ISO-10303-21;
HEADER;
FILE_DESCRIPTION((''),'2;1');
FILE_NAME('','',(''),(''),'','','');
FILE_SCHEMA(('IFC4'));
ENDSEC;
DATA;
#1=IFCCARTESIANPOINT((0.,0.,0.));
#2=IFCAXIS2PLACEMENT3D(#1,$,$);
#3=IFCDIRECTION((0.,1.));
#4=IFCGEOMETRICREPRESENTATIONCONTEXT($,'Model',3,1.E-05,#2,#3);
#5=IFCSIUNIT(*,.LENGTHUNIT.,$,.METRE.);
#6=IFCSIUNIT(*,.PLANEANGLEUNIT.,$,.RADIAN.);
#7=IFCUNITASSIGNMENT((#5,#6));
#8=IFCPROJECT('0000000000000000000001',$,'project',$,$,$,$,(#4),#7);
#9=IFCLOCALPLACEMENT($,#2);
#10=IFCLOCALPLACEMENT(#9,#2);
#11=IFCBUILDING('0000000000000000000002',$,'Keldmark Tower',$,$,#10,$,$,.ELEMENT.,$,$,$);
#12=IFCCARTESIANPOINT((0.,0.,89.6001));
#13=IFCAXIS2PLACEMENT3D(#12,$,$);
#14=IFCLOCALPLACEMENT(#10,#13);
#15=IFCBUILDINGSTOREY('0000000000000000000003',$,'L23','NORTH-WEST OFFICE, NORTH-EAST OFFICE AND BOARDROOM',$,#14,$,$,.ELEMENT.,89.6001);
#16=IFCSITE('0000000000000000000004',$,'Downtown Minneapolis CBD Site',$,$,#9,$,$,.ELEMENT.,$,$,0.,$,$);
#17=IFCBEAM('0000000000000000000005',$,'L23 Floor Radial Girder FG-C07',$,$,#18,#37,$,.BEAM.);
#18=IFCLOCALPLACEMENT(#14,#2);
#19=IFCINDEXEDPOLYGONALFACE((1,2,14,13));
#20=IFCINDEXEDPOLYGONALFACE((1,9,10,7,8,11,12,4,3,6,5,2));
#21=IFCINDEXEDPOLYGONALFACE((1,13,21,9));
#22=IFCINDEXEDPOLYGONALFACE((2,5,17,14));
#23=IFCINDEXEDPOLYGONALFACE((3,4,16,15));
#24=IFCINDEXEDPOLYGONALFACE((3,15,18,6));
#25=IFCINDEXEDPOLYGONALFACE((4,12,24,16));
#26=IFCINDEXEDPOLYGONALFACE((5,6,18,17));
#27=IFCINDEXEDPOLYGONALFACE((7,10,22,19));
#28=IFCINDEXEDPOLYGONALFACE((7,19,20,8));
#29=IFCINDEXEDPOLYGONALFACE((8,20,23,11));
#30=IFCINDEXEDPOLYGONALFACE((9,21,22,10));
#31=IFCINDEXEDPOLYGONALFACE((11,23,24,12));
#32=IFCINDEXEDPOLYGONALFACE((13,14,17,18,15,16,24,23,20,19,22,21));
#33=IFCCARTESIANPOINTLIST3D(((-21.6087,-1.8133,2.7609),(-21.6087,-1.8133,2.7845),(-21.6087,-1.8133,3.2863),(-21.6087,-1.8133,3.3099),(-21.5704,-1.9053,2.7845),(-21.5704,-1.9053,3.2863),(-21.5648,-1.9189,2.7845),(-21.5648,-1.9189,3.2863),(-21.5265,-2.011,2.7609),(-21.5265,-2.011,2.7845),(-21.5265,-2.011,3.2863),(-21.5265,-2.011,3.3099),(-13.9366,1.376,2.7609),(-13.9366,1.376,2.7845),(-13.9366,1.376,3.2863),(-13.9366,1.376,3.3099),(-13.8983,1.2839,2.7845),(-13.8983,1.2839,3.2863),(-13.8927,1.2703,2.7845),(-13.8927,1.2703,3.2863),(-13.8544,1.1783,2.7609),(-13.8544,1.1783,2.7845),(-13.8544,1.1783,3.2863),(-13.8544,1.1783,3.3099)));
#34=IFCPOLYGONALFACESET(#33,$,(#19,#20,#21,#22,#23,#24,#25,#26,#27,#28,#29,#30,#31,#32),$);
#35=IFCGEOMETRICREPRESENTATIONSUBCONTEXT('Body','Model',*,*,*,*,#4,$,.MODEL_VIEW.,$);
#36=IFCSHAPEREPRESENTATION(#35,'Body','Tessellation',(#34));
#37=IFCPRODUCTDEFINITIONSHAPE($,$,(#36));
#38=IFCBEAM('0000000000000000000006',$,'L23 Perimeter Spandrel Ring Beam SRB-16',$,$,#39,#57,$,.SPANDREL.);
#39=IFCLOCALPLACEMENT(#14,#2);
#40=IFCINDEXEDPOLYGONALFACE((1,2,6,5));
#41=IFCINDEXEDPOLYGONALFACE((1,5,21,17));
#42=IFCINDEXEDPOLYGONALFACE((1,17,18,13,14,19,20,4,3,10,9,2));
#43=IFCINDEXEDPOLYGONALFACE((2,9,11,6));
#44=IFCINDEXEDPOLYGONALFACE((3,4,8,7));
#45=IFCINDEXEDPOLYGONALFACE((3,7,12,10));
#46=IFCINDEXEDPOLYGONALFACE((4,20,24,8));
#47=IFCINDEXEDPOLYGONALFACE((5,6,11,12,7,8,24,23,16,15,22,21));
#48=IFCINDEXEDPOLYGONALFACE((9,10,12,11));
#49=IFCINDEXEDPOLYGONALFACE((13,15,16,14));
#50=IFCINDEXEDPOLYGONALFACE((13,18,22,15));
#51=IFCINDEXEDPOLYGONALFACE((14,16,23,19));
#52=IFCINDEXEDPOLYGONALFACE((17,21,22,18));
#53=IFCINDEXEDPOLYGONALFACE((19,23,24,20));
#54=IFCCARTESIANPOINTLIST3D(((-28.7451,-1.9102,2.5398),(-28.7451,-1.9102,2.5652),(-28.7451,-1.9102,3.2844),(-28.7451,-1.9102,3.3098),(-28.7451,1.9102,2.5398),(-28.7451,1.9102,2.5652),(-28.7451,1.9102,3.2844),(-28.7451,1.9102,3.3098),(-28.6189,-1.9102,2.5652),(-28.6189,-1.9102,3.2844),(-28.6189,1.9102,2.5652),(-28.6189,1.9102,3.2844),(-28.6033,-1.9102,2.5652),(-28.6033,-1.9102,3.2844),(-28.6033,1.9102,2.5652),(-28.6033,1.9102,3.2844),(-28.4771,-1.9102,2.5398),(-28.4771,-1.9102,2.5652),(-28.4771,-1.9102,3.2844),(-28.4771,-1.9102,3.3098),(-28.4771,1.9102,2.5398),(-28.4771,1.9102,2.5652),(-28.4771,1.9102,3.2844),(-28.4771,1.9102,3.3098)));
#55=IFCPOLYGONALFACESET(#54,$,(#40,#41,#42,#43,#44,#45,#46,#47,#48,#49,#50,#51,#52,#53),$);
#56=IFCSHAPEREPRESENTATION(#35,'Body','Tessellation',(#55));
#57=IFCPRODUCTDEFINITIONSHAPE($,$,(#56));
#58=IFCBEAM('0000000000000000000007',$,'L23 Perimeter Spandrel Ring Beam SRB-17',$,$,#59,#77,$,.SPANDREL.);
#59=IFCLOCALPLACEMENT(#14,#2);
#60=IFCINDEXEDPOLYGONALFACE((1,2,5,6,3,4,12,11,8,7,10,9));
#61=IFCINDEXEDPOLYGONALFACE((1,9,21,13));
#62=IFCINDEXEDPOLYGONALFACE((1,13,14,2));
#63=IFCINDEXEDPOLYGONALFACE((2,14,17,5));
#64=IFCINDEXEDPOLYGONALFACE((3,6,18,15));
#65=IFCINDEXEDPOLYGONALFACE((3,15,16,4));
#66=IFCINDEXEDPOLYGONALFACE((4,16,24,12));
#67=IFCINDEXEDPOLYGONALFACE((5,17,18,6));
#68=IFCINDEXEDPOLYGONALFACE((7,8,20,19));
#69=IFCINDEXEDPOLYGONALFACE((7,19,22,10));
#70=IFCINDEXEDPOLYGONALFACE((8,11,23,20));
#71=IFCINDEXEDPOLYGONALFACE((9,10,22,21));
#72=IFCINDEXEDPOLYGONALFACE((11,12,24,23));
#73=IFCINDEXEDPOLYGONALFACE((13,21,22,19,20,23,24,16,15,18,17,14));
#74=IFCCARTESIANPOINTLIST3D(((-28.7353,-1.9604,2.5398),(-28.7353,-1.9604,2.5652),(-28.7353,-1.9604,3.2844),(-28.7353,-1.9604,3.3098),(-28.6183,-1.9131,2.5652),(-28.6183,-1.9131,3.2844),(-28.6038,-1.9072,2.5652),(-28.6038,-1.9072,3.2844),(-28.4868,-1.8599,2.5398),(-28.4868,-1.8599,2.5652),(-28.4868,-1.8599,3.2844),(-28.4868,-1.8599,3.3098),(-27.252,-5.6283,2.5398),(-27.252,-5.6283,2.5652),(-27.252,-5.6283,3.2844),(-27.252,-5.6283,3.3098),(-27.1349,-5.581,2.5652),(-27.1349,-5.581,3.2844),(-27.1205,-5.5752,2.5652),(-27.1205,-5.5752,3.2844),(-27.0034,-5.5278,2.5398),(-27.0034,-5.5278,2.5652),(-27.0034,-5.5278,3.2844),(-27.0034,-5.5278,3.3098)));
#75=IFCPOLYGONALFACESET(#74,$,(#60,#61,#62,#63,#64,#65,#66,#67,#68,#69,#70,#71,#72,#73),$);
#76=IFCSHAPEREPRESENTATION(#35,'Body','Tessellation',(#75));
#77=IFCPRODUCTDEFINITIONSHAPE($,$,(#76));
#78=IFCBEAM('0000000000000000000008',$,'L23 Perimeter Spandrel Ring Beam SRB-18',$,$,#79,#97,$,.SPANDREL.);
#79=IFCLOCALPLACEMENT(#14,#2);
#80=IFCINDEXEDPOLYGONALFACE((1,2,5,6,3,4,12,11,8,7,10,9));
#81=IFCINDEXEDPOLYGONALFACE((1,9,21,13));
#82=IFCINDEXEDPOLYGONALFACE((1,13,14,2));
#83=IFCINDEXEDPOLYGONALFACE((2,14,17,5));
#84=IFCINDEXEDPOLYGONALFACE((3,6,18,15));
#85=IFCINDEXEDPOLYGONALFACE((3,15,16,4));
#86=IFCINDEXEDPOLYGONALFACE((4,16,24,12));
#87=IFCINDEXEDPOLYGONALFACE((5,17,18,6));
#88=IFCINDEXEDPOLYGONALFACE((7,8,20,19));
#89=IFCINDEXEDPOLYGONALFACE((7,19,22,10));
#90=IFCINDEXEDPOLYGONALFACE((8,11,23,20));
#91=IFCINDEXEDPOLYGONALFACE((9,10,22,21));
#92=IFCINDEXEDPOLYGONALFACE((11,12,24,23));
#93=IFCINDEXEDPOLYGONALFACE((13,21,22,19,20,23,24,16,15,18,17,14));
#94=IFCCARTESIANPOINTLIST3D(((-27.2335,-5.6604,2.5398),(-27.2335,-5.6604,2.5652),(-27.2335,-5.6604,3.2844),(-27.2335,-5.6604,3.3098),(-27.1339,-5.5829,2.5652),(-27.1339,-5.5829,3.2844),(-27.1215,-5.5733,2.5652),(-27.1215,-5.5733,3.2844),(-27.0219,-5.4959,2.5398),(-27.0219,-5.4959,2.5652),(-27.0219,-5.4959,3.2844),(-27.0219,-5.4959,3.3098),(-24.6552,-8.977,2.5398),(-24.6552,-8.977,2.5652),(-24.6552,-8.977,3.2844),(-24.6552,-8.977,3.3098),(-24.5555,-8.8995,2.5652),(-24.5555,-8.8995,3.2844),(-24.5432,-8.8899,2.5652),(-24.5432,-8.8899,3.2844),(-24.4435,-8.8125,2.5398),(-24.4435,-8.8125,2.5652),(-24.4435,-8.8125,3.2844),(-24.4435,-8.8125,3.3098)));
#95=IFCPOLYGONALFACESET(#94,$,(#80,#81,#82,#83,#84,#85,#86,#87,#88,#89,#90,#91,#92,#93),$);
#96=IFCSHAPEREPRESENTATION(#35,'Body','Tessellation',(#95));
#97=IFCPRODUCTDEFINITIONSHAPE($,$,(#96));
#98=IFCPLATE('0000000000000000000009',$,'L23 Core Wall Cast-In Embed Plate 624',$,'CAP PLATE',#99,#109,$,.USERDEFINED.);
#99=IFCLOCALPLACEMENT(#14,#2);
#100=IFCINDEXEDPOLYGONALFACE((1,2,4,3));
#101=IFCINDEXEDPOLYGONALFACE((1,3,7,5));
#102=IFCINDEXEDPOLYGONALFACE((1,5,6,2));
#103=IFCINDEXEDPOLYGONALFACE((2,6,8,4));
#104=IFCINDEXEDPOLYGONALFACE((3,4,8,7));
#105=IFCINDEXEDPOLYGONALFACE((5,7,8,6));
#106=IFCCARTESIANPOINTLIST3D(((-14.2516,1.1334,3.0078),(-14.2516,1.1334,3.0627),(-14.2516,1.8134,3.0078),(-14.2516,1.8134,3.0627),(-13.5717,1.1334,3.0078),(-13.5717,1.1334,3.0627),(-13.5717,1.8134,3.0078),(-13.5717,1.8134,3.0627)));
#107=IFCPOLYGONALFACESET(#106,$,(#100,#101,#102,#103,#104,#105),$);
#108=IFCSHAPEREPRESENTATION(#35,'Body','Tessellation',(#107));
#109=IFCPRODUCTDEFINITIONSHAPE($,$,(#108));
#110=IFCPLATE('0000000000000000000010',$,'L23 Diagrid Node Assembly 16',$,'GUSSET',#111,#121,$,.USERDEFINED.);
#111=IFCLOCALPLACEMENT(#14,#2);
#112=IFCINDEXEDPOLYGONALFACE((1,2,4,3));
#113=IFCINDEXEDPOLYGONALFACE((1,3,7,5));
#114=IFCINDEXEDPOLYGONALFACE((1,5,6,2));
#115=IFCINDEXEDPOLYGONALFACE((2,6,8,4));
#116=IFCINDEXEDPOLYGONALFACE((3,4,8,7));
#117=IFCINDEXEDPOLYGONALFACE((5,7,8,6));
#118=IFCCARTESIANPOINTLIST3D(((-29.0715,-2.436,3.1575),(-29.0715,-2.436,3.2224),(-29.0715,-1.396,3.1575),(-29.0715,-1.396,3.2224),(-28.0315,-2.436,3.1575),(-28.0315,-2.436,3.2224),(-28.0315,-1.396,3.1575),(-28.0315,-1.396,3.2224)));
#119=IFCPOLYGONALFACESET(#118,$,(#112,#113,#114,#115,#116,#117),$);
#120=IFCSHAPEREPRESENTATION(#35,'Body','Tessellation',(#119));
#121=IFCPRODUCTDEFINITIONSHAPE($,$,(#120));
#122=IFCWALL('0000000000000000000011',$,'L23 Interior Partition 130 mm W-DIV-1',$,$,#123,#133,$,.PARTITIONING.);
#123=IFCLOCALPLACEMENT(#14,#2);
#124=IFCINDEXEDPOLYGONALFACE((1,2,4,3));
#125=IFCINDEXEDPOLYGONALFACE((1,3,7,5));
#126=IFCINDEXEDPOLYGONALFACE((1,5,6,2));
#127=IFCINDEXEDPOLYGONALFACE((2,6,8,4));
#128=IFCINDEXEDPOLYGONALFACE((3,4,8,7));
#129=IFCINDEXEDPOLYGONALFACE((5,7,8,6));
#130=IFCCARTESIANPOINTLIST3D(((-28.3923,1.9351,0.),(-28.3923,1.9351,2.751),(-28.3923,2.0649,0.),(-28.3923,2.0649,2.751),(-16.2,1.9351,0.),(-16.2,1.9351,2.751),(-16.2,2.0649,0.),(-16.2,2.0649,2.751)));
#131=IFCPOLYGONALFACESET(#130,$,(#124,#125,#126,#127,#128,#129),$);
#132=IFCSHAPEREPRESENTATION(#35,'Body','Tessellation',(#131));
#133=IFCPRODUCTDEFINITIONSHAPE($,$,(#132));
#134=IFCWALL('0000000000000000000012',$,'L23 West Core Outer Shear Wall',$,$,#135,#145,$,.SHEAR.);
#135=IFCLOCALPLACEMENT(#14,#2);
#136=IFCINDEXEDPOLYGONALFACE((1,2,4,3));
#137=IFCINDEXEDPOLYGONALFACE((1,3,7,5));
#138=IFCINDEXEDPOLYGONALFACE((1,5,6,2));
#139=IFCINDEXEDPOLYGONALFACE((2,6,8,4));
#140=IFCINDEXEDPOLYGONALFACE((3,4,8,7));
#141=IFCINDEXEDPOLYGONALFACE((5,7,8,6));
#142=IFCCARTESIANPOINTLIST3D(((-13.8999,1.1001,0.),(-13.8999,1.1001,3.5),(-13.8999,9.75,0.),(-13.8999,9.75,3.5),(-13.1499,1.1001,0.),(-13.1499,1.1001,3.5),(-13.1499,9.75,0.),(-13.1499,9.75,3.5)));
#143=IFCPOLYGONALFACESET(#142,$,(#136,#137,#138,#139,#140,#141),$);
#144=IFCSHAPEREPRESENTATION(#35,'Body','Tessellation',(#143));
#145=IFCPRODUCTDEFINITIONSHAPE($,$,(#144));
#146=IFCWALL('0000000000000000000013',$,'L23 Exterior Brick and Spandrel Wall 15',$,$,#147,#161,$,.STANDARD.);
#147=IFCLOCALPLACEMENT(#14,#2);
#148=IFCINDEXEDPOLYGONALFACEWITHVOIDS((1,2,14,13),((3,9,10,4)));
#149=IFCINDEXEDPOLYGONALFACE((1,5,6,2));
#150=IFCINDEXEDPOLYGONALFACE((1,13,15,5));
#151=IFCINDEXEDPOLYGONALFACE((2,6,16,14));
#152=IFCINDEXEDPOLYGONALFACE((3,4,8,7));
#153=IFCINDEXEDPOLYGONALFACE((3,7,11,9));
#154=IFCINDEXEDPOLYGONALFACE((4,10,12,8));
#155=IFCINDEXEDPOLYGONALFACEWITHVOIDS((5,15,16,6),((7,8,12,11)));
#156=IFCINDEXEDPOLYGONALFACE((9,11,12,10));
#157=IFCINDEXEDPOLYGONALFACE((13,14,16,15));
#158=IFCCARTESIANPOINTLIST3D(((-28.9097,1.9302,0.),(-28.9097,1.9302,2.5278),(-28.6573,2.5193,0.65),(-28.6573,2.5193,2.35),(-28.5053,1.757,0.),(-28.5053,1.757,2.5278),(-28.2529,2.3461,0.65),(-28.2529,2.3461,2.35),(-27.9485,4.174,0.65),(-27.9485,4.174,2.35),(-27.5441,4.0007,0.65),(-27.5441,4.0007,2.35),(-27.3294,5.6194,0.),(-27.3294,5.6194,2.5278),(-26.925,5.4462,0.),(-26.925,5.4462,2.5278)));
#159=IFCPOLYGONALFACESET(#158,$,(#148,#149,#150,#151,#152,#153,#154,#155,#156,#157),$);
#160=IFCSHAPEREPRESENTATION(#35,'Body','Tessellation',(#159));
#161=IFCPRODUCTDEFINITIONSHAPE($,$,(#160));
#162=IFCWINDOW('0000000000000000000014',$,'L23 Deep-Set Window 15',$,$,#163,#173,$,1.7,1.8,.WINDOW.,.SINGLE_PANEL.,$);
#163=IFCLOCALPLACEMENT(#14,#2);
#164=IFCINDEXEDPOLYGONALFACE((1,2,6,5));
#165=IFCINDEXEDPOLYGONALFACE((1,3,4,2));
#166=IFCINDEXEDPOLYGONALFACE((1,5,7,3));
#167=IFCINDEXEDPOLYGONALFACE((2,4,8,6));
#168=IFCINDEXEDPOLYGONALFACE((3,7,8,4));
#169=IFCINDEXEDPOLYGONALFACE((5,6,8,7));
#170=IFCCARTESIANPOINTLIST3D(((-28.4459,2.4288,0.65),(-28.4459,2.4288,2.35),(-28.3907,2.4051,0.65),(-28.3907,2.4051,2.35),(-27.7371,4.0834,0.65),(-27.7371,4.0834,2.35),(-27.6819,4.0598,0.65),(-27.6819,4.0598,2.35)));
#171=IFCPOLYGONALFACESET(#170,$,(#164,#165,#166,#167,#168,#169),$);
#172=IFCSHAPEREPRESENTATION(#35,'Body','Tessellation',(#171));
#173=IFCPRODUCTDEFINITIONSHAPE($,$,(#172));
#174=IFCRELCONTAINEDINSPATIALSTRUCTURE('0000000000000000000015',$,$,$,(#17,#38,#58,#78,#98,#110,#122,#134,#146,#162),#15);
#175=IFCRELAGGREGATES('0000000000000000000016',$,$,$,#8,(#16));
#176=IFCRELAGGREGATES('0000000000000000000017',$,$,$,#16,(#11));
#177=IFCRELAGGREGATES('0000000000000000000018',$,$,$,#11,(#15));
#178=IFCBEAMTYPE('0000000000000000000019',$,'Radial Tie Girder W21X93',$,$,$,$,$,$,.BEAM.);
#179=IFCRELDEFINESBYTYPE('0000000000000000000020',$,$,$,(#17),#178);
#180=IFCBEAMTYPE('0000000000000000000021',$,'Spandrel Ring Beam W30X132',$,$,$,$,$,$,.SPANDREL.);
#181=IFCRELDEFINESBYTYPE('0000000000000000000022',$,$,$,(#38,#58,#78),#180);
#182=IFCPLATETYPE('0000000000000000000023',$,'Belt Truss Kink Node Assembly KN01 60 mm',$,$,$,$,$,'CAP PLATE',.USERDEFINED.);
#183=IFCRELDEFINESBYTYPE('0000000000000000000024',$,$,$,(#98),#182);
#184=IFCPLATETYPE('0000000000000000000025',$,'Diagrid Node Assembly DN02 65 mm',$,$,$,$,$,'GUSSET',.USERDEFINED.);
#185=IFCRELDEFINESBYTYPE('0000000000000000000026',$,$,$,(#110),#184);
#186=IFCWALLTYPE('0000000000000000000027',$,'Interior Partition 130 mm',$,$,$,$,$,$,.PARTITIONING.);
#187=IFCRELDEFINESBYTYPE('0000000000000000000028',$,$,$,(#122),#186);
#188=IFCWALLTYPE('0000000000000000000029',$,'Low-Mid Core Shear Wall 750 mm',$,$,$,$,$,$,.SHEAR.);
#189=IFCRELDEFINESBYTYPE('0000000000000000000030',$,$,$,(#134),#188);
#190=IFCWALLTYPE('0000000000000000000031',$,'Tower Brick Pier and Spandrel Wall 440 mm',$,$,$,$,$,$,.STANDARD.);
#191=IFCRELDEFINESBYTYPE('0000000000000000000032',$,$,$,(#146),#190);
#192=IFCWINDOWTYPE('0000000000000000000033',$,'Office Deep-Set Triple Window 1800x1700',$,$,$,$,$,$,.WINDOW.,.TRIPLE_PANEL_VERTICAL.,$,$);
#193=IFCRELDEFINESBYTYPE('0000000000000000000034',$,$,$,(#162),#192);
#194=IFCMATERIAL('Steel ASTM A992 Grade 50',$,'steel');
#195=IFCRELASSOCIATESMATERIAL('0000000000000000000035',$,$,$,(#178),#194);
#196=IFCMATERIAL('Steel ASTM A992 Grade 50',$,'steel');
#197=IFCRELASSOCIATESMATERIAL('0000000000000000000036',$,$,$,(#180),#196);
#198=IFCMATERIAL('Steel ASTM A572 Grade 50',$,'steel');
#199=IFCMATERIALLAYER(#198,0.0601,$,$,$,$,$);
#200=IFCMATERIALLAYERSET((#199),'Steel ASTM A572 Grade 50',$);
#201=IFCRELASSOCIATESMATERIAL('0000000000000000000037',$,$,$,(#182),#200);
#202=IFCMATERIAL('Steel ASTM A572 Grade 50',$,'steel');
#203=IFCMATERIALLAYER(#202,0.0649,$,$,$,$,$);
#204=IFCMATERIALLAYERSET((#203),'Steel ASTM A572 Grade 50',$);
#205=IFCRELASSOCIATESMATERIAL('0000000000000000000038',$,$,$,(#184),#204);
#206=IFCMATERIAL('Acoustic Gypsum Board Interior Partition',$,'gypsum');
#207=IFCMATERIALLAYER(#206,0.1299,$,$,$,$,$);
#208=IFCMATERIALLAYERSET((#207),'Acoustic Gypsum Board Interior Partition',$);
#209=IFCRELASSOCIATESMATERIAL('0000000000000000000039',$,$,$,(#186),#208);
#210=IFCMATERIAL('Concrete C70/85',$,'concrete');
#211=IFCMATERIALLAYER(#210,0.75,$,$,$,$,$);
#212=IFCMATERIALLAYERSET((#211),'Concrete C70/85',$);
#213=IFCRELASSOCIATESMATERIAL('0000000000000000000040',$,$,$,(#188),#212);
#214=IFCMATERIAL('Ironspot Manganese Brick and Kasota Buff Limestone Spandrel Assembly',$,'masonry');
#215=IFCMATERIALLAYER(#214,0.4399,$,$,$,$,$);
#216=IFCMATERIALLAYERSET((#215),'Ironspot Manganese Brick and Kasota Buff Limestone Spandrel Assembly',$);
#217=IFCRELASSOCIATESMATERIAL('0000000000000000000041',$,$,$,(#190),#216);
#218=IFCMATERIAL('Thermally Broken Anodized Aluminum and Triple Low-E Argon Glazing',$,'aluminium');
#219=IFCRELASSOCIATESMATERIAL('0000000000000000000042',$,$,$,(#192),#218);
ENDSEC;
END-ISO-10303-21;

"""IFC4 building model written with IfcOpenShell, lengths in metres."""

from ifc_helpers import new_model, si_unit, direction, frame, frame_2d, origin, origin_2d, place, context, subcontext, project, spatial, rectangle, i_section, extrude, material, layer, layer_set, material_profile, profile_set, type_object, element, fill, save


model = new_model("IFC4")

# Units and contexts
model_context = context("Model", 3, precision=1e-05, world=origin(), true_north=direction((0.0, 1.0)))
body_context = subcontext(model_context, "Body", "Model", "MODEL_VIEW")
ifc_project = project(units=[si_unit("LENGTHUNIT", "METRE"), si_unit("PLANEANGLEUNIT", "RADIAN")], contexts=[model_context])

# Site, building, storey
site_placement = place(None, origin())
site = spatial("IfcSite", under=ifc_project, at=site_placement, Name="Downtown Minneapolis CBD Site", CompositionType="ELEMENT", RefElevation=0.0)
building_placement = place(site_placement, origin())
building = spatial("IfcBuilding", under=site, at=building_placement, Name="Keldmark Tower", CompositionType="ELEMENT")
storey_placement = place(building_placement, frame((0.0, 0.0, 89.6001)))
storey = spatial("IfcBuildingStorey", under=building, at=storey_placement, Name="L23", Description="NORTH-WEST OFFICE, NORTH-EAST OFFICE AND BOARDROOM", CompositionType="ELEMENT", Elevation=89.6001)

# Beams
ifc_material_1 = material(Name="Steel ASTM A992 Grade 50", Category="steel")
ifc_material_profile_1 = material_profile(ifc_material_1, i_section(OverallWidth=0.2141, OverallDepth=0.5491, WebThickness=0.0146, FlangeThickness=0.0237, at=origin_2d()), Name="W21X93")
ifc_profile_set_1 = profile_set([ifc_material_profile_1], Name="Steel ASTM A992 Grade 50")
beam_type_1 = type_object("IfcBeamType", Name="Radial Tie Girder W21X93", PredefinedType="BEAM", material=ifc_profile_set_1)
beam_1_placement = place(storey_placement, frame((-21.5676, -1.9121, 3.0354), z_axis=(0.923397, 0.383845, 0.0), x_axis=(-0.383845, 0.923397, 0.0)))
element("IfcBeam", 1, at=beam_1_placement, inside=storey, type_object=beam_type_1, Name="L23 Floor Radial Girder FG-C07", PredefinedType="BEAM", context=body_context, shape_type="SweptSolid", body=[
    extrude(i_section(OverallWidth=0.2141, OverallDepth=0.5491, WebThickness=0.0146, FlangeThickness=0.0237, at=origin_2d()), origin(), (0.0, 0.0, 1.0), 8.3086),
])
ifc_material_2 = material(Name="Steel ASTM A992 Grade 50", Category="steel")
ifc_material_profile_2 = material_profile(ifc_material_2, i_section(OverallWidth=0.2681, OverallDepth=0.77, WebThickness=0.0156, FlangeThickness=0.0254, at=origin_2d()), Name="W30X132")
ifc_profile_set_2 = profile_set([ifc_material_profile_2], Name="Steel ASTM A992 Grade 50")
beam_type_2 = type_object("IfcBeamType", Name="Spandrel Ring Beam W30X132", PredefinedType="SPANDREL", material=ifc_profile_set_2)
beam_2_placement = place(storey_placement, frame((-28.6111, 1.9102, 2.9248), z_axis=(0.0, -1.0, 0.0), x_axis=(1.0, 0.0, 0.0)))
element("IfcBeam", 2, at=beam_2_placement, inside=storey, type_object=beam_type_2, Name="L23 Perimeter Spandrel Ring Beam SRB-16", PredefinedType="SPANDREL", context=body_context, shape_type="SweptSolid", body=[
    extrude(i_section(OverallWidth=0.2681, OverallDepth=0.77, WebThickness=0.0156, FlangeThickness=0.0254, at=origin_2d()), origin(), (0.0, 0.0, 1.0), 3.8203),
])
beam_3_placement = place(storey_placement, frame((-28.6111, -1.9102, 2.9248), z_axis=(0.37492, -0.927057, 0.0), x_axis=(0.927057, 0.37492, 0.0)))
element("IfcBeam", 3, at=beam_3_placement, inside=storey, type_object=beam_type_2, Name="L23 Perimeter Spandrel Ring Beam SRB-17", PredefinedType="SPANDREL", context=body_context, shape_type="SweptSolid", body=[
    extrude(i_section(OverallWidth=0.2681, OverallDepth=0.77, WebThickness=0.0156, FlangeThickness=0.0254, at=origin_2d()), origin(), (0.0, 0.0, 1.0), 3.9565),
])
beam_4_placement = place(storey_placement, frame((-27.1277, -5.5781, 2.9248), z_axis=(0.613756, -0.789496, 0.0), x_axis=(0.789496, 0.613756, 0.0)))
element("IfcBeam", 4, at=beam_4_placement, inside=storey, type_object=beam_type_2, Name="L23 Perimeter Spandrel Ring Beam SRB-18", PredefinedType="SPANDREL", context=body_context, shape_type="SweptSolid", body=[
    extrude(i_section(OverallWidth=0.2681, OverallDepth=0.77, WebThickness=0.0156, FlangeThickness=0.0254, at=origin_2d()), origin(), (0.0, 0.0, 1.0), 4.2009),
])

# Plates
ifc_material_3 = material(Name="Steel ASTM A572 Grade 50", Category="steel")
ifc_layer_1 = layer(ifc_material_3, 0.0601)
ifc_layer_set_1 = layer_set([ifc_layer_1], Name="Steel ASTM A572 Grade 50")
plate_type_1 = type_object("IfcPlateType", Name="Belt Truss Kink Node Assembly KN01 60 mm", ElementType="CAP PLATE", PredefinedType="USERDEFINED", material=ifc_layer_set_1)
plate_1_placement = place(storey_placement, frame((-13.9116, 1.4734, 3.0078), z_axis=(0.0, 0.0, 1.0), x_axis=(1.0, 0.0, 0.0)))
element("IfcPlate", 5, at=plate_1_placement, inside=storey, type_object=plate_type_1, Name="L23 Core Wall Cast-In Embed Plate 624", ObjectType="CAP PLATE", PredefinedType="USERDEFINED", context=body_context, shape_type="SweptSolid", body=[
    extrude(rectangle(XDim=0.6799, YDim=0.6799, at=origin_2d()), origin(), (0.0, 0.0, 1.0), 0.0549),
])
ifc_material_4 = material(Name="Steel ASTM A572 Grade 50", Category="steel")
ifc_layer_2 = layer(ifc_material_4, 0.0649)
ifc_layer_set_2 = layer_set([ifc_layer_2], Name="Steel ASTM A572 Grade 50")
plate_type_2 = type_object("IfcPlateType", Name="Diagrid Node Assembly DN02 65 mm", ElementType="GUSSET", PredefinedType="USERDEFINED", material=ifc_layer_set_2)
plate_2_placement = place(storey_placement, frame((-28.5515, -1.916, 3.1575), z_axis=(0.0, 0.0, 1.0), x_axis=(0.0, -1.0, 0.0)))
element("IfcPlate", 6, at=plate_2_placement, inside=storey, type_object=plate_type_2, Name="L23 Diagrid Node Assembly 16", ObjectType="GUSSET", PredefinedType="USERDEFINED", context=body_context, shape_type="SweptSolid", body=[
    extrude(rectangle(XDim=1.04, YDim=1.04, at=origin_2d()), origin(), (0.0, 0.0, 1.0), 0.0649),
])

# Walls
ifc_material_5 = material(Name="Acoustic Gypsum Board Interior Partition", Category="gypsum")
ifc_layer_3 = layer(ifc_material_5, 0.1299)
ifc_layer_set_3 = layer_set([ifc_layer_3], Name="Acoustic Gypsum Board Interior Partition")
wall_type_1 = type_object("IfcWallType", Name="Interior Partition 130 mm", PredefinedType="PARTITIONING", material=ifc_layer_set_3)
wall_1_placement = place(storey_placement, frame((-28.3923, 2.0, 0.0), z_axis=(0.0, 0.0, 1.0), x_axis=(1.0, 0.0, 0.0)))
element("IfcWall", 7, at=wall_1_placement, inside=storey, type_object=wall_type_1, Name="L23 Interior Partition 130 mm W-DIV-1", PredefinedType="PARTITIONING", context=body_context, shape_type="SweptSolid", body=[
    extrude(rectangle(XDim=12.1924, YDim=0.1299, at=frame_2d((6.0962, 0.0))), origin(), (0.0, 0.0, 1.0), 2.751),
])
ifc_material_6 = material(Name="Concrete C70/85", Category="concrete")
ifc_layer_4 = layer(ifc_material_6, 0.75)
ifc_layer_set_4 = layer_set([ifc_layer_4], Name="Concrete C70/85")
wall_type_2 = type_object("IfcWallType", Name="Low-Mid Core Shear Wall 750 mm", PredefinedType="SHEAR", material=ifc_layer_set_4)
wall_2_placement = place(storey_placement, frame((-13.5249, 1.1001, 0.0), z_axis=(0.0, 0.0, 1.0), x_axis=(0.0, 1.0, 0.0)))
element("IfcWall", 8, at=wall_2_placement, inside=storey, type_object=wall_type_2, Name="L23 West Core Outer Shear Wall", PredefinedType="SHEAR", context=body_context, shape_type="SweptSolid", body=[
    extrude(rectangle(XDim=8.6499, YDim=0.75, at=frame_2d((4.325, 0.0))), origin(), (0.0, 0.0, 1.0), 3.5),
])

# Wall, opening, window
ifc_material_7 = material(Name="Ironspot Manganese Brick and Kasota Buff Limestone Spandrel Assembly", Category="masonry")
ifc_layer_5 = layer(ifc_material_7, 0.4399)
ifc_layer_set_5 = layer_set([ifc_layer_5], Name="Ironspot Manganese Brick and Kasota Buff Limestone Spandrel Assembly")
wall_type_3 = type_object("IfcWallType", Name="Tower Brick Pier and Spandrel Wall 440 mm", PredefinedType="STANDARD", material=ifc_layer_set_5)
wall_3_placement = place(storey_placement, frame((-28.7075, 1.8435, 0.0), z_axis=(0.0, 0.0, 1.0), x_axis=(0.393758, 0.919214, 0.0)))
wall_3 = element("IfcWall", 9, at=wall_3_placement, inside=storey, type_object=wall_type_3, Name="L23 Exterior Brick and Spandrel Wall 15", PredefinedType="STANDARD", context=body_context, shape_type="SweptSolid", body=[
    extrude(rectangle(XDim=4.0134, YDim=0.4399, at=frame_2d((2.0068, 0.0))), origin(), (0.0, 0.0, 1.0), 2.5278),
])
opening_1_placement = place(wall_3_placement, frame((0.6411, 0.0, 0.6499)))
opening_1 = element("IfcOpeningElement", 10, at=opening_1_placement, cuts=wall_3, PredefinedType="OPENING", context=body_context, shape_type="SweptSolid", body=[
    extrude(rectangle(XDim=1.8, YDim=1.7, at=frame_2d((0.8999, 0.8501))), frame((0.0, 0.23, 0.0), z_axis=(0.0, -1.0, 0.0), x_axis=(1.0, 0.0, 0.0)), (0.0, 0.0, 1.0), 0.46),
])
ifc_material_8 = material(Name="Thermally Broken Anodized Aluminum and Triple Low-E Argon Glazing", Category="aluminium")
window_type = type_object("IfcWindowType", Name="Office Deep-Set Triple Window 1800x1700", PartitioningType="TRIPLE_PANEL_VERTICAL", PredefinedType="WINDOW", material=ifc_material_8)
window_1_placement = place(opening_1_placement, origin())
window_1 = element("IfcWindow", 11, at=window_1_placement, inside=storey, type_object=window_type, Name="L23 Deep-Set Window 15", OverallHeight=1.7, OverallWidth=1.8, PartitioningType="SINGLE_PANEL", PredefinedType="WINDOW", context=body_context, shape_type="SweptSolid", body=[
    extrude(rectangle(XDim=1.8, YDim=1.7, at=frame_2d((0.8999, 0.8501))), frame((0.0, -0.01, 0.0), z_axis=(0.0, -1.0, 0.0), x_axis=(1.0, 0.0, 0.0)), (0.0, 0.0, 1.0), 0.0601),
])
fill(opening_1, window_1)

save(model, "model.ifc")
